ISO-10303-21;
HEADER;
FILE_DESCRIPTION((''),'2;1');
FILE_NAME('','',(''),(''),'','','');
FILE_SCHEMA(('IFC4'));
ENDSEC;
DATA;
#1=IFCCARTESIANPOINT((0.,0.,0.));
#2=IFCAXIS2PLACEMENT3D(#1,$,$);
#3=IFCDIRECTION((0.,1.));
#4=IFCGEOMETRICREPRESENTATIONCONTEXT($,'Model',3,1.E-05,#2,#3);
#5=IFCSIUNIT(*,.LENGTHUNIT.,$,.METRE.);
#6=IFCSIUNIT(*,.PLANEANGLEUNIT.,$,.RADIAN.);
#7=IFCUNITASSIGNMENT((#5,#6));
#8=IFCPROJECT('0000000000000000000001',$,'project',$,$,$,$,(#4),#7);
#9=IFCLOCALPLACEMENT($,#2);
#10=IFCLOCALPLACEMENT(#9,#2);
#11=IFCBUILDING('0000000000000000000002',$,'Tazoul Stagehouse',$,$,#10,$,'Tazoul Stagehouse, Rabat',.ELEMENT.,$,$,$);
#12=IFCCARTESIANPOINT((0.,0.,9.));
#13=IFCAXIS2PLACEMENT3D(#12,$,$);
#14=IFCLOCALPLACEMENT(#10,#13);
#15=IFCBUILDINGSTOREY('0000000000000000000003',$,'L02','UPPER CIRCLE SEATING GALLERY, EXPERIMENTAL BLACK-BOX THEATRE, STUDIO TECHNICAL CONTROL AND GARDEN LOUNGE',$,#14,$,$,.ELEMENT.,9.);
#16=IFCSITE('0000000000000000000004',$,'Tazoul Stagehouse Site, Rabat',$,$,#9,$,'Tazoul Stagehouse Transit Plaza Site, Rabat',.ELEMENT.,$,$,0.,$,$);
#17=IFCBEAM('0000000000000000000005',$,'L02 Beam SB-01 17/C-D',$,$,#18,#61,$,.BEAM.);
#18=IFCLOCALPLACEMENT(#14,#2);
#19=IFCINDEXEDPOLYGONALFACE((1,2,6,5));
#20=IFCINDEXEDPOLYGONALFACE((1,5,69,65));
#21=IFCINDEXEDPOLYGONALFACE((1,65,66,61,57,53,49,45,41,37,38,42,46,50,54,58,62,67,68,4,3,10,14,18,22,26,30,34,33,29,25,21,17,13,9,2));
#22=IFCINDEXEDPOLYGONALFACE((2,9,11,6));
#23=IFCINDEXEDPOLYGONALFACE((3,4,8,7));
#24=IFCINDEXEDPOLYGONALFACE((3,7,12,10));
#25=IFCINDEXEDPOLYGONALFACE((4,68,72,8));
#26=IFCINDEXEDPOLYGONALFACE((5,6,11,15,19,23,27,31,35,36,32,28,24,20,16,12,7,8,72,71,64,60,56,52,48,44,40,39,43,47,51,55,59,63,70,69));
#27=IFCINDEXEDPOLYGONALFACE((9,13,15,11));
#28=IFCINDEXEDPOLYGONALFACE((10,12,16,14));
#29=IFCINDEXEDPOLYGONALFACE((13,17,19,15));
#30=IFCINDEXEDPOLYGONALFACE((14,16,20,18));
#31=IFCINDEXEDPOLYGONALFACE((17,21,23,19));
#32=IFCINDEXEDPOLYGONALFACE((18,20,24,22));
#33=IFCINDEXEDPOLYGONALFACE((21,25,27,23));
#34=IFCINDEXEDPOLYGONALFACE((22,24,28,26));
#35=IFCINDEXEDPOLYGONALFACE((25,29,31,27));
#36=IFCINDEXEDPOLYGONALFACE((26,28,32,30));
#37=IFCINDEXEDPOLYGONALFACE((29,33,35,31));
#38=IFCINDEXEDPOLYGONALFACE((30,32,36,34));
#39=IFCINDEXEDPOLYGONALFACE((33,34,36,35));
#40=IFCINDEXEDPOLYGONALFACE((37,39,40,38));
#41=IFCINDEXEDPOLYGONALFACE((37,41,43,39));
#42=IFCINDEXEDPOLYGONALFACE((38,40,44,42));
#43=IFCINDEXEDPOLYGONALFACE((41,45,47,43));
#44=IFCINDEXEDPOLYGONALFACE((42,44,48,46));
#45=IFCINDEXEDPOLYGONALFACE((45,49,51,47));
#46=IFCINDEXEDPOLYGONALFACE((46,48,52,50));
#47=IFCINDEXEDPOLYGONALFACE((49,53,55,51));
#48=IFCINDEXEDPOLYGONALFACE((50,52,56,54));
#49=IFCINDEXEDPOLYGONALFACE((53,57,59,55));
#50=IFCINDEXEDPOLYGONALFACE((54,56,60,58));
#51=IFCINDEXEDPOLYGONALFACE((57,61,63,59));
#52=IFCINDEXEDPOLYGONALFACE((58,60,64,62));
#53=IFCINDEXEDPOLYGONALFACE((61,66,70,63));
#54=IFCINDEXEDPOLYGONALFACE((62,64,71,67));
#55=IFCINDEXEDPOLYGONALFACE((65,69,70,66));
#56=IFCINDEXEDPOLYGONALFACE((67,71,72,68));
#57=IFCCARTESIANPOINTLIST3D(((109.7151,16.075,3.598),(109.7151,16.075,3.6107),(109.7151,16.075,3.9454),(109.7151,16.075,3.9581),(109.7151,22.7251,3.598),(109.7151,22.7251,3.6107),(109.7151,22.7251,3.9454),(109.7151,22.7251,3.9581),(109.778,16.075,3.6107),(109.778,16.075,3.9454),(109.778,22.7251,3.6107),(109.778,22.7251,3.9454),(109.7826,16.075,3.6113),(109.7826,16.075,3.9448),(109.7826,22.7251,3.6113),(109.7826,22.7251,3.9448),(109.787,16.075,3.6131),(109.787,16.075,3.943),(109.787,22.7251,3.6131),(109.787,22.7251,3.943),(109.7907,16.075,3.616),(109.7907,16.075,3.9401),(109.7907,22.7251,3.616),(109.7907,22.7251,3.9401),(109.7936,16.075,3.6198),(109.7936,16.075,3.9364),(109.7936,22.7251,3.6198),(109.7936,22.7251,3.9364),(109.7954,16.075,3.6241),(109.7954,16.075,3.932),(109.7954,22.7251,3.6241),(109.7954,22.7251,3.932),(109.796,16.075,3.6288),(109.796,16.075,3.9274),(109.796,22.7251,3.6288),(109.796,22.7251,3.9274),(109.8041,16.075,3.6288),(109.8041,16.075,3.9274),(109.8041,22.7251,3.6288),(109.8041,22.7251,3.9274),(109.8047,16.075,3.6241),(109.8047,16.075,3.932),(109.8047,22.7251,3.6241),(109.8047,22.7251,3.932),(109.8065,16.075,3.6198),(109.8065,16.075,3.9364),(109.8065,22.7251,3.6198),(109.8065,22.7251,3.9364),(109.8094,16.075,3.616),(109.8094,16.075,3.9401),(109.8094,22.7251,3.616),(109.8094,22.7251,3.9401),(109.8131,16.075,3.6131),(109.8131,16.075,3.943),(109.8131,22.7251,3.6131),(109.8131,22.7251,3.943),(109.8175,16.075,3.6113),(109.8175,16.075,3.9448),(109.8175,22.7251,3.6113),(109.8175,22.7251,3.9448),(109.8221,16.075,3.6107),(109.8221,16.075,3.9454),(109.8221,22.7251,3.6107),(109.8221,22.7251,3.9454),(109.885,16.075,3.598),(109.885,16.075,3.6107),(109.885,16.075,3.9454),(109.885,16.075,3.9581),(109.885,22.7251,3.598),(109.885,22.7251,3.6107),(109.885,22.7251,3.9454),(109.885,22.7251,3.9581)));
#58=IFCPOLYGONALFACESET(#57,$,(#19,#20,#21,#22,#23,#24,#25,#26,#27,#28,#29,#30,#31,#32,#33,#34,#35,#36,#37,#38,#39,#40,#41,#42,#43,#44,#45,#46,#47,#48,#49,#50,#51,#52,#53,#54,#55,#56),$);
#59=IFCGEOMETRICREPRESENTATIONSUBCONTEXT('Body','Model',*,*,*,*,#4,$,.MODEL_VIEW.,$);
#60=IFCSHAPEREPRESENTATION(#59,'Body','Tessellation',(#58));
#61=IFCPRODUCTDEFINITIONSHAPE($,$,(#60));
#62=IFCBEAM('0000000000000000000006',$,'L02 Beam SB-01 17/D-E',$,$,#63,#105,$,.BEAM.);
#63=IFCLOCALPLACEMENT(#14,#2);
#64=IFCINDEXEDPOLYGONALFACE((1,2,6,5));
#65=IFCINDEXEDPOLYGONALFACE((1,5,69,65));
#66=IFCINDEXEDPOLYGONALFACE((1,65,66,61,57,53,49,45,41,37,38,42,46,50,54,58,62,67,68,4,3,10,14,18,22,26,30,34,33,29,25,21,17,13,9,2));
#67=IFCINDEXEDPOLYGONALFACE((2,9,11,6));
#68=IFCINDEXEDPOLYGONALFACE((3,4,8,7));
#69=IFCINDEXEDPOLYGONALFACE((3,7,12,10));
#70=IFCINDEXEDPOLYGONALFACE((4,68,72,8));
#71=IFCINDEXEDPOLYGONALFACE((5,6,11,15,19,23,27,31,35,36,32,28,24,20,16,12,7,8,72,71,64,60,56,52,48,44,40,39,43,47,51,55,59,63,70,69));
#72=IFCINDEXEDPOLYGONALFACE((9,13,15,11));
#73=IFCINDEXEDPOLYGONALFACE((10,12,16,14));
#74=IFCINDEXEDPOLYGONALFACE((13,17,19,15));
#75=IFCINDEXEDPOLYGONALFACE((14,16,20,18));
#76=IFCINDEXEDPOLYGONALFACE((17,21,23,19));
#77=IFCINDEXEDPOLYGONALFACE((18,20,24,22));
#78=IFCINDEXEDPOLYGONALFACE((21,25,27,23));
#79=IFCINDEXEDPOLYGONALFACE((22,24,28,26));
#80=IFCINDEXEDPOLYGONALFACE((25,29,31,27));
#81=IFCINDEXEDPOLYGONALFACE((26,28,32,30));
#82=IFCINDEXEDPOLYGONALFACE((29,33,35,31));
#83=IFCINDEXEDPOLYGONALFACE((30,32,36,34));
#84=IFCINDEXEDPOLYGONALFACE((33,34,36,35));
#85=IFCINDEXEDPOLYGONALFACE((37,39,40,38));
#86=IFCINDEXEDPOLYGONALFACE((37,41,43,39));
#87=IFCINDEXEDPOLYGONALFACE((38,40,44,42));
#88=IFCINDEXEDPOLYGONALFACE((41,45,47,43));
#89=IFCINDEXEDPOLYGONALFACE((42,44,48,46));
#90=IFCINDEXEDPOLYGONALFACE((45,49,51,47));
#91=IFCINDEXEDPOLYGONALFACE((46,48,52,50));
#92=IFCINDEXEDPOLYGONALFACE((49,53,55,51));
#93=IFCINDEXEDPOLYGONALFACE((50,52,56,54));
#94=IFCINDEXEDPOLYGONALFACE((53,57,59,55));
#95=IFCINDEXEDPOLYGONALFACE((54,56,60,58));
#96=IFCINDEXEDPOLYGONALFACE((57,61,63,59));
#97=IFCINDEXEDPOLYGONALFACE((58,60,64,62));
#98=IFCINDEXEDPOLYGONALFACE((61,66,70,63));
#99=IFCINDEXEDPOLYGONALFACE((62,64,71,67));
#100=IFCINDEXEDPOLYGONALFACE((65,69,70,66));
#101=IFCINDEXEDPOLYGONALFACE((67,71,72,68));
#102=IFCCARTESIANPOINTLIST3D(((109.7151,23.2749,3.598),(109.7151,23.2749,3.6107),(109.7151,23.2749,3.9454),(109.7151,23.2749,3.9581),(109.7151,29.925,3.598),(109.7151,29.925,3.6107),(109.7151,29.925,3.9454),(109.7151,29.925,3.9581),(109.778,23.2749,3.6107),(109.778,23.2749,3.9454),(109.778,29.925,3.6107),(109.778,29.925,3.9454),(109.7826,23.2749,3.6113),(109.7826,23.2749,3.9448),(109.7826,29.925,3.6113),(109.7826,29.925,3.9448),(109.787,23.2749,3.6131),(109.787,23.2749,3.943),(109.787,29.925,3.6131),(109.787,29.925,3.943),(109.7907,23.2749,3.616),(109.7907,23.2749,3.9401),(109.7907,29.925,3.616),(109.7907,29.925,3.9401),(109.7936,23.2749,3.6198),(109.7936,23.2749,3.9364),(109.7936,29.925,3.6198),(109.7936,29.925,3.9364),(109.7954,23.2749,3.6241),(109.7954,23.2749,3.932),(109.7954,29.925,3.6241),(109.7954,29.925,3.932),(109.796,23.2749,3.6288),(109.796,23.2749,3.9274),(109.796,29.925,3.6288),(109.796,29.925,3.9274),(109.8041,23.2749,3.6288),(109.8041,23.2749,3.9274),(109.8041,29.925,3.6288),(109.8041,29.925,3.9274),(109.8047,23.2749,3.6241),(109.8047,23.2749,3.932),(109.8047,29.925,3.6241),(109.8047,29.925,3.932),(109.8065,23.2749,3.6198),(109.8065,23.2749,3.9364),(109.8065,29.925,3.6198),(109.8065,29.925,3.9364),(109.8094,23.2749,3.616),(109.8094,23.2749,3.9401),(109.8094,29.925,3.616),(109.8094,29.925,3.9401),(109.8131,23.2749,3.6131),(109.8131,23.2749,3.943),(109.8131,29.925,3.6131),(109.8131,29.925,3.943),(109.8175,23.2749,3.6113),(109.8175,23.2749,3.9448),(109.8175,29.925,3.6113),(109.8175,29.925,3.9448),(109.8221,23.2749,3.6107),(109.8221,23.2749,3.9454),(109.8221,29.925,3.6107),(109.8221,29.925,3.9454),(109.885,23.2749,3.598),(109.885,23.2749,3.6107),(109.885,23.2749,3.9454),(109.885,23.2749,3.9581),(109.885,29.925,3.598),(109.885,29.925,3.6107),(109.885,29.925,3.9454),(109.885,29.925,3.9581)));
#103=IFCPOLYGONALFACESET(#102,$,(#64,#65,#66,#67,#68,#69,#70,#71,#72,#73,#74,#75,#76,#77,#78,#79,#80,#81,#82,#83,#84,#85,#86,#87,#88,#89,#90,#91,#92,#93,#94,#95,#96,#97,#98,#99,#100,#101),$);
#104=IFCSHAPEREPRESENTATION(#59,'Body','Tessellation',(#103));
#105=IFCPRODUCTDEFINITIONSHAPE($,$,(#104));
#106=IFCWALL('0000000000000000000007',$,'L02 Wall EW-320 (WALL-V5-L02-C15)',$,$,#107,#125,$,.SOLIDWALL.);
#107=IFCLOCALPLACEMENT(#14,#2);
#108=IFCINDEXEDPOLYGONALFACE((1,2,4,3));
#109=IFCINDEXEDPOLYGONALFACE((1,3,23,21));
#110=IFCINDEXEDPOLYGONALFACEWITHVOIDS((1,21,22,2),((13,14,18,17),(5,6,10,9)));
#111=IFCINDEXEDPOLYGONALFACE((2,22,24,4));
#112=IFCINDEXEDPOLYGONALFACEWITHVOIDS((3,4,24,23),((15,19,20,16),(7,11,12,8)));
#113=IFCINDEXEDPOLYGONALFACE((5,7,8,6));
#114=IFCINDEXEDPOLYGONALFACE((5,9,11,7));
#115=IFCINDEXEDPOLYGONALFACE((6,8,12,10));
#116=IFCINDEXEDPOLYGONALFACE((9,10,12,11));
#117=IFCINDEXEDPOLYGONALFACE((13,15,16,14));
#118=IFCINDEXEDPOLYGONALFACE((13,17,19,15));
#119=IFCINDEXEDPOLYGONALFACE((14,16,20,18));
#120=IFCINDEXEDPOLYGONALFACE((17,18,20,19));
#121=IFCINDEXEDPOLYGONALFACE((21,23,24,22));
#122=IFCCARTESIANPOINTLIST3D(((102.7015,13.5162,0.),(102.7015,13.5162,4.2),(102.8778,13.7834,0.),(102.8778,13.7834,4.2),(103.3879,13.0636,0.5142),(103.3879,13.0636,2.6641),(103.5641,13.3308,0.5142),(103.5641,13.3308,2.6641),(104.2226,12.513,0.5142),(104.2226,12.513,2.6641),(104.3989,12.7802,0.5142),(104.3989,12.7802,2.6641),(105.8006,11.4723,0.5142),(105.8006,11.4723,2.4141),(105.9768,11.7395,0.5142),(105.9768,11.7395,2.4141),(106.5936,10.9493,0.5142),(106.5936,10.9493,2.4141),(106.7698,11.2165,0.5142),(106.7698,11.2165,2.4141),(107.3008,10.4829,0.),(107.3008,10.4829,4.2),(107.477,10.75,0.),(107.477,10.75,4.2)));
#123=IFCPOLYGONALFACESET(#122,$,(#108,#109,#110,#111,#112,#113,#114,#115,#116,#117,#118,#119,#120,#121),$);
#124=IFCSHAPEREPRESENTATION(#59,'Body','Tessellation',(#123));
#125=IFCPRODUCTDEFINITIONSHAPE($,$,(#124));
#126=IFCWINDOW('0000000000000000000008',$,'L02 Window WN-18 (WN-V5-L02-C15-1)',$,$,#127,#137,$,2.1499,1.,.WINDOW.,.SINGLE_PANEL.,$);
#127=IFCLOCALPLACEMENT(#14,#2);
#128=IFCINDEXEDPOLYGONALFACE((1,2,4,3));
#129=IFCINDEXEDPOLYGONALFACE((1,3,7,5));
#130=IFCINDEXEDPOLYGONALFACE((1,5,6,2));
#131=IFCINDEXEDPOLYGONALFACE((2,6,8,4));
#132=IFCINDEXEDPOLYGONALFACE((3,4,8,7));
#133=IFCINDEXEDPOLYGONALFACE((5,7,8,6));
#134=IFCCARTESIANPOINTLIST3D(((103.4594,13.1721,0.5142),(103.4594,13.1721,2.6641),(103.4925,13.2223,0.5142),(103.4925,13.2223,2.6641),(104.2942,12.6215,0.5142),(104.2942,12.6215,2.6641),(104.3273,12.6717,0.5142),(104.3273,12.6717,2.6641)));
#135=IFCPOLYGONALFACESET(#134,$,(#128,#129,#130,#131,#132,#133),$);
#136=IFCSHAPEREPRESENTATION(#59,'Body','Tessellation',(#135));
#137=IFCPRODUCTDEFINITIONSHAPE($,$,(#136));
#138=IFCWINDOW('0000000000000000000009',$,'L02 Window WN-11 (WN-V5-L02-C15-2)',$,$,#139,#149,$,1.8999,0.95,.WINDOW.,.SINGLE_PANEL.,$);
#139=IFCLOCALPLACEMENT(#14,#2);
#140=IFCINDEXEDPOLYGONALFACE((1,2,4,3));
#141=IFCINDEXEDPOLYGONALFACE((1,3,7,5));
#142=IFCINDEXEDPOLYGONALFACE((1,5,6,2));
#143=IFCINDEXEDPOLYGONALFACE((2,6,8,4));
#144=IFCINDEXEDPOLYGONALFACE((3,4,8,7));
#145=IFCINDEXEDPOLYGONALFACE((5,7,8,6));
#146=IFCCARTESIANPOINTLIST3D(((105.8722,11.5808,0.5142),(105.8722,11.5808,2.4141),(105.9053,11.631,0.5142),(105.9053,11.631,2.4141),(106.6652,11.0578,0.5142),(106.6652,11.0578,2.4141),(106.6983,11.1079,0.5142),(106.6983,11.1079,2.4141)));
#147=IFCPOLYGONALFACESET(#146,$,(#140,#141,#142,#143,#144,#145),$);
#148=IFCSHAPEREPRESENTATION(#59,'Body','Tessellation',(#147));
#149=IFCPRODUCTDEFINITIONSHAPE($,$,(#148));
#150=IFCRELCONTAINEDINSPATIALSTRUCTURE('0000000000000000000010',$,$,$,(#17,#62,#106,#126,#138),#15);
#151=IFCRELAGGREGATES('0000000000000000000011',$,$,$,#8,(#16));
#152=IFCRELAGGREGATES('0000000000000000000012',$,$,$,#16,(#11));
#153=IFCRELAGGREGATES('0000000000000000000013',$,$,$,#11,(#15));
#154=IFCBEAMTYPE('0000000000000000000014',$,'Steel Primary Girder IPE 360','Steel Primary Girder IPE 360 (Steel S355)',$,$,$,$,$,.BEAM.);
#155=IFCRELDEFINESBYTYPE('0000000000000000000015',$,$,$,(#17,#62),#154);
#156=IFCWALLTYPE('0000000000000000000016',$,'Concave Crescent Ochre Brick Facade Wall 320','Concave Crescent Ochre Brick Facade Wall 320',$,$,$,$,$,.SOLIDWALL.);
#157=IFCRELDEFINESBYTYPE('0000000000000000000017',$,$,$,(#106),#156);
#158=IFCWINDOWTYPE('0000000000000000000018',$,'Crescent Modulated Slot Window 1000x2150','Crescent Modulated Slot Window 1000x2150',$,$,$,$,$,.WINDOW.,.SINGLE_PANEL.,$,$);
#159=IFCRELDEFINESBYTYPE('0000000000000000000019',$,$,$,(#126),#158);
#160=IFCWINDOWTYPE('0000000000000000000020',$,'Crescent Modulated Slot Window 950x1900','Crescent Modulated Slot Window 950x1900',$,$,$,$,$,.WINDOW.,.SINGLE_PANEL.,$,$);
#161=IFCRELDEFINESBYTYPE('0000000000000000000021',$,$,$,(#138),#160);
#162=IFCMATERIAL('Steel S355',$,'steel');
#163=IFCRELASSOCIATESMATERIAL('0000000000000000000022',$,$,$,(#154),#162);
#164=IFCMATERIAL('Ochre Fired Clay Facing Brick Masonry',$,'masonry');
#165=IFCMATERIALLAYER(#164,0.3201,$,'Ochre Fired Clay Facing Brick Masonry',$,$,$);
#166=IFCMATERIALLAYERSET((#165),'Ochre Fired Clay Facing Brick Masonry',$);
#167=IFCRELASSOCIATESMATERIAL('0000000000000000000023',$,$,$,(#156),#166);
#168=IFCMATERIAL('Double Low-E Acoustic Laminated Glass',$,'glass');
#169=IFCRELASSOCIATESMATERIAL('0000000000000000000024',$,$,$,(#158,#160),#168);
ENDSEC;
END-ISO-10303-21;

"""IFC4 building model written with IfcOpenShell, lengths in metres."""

from ifc_helpers import new_model, si_unit, direction, frame, frame_2d, origin, origin_2d, place, context, subcontext, project, spatial, rectangle, i_section, extrude, material, layer, layer_set, material_profile, profile_set, type_object, element, fill, save


model = new_model("IFC4")

# Units and contexts
model_context = context("Model", 3, precision=1e-05, world=origin(), true_north=direction((0.0, 1.0)))
body_context = subcontext(model_context, "Body", "Model", "MODEL_VIEW")
ifc_project = project(units=[si_unit("LENGTHUNIT", "METRE"), si_unit("PLANEANGLEUNIT", "RADIAN")], contexts=[model_context])

# Site, building, storey
site_placement = place(None, origin())
site = spatial("IfcSite", under=ifc_project, at=site_placement, Name="Tazoul Stagehouse Site, Rabat", LongName="Tazoul Stagehouse Transit Plaza Site, Rabat", CompositionType="ELEMENT", RefElevation=0.0)
building_placement = place(site_placement, origin())
building = spatial("IfcBuilding", under=site, at=building_placement, Name="Tazoul Stagehouse", LongName="Tazoul Stagehouse, Rabat", CompositionType="ELEMENT")
storey_placement = place(building_placement, frame((0.0, 0.0, 9.0)))
storey = spatial("IfcBuildingStorey", under=building, at=storey_placement, Name="L02", Description="UPPER CIRCLE SEATING GALLERY, EXPERIMENTAL BLACK-BOX THEATRE, STUDIO TECHNICAL CONTROL AND GARDEN LOUNGE", CompositionType="ELEMENT", Elevation=9.0)

# Beams
ifc_material_1 = material(Name="Steel S355", Category="steel")
ifc_material_profile_1 = material_profile(ifc_material_1, i_section(OverallWidth=0.1699, OverallDepth=0.3601, WebThickness=0.0081, FlangeThickness=0.0127, FilletRadius=0.0181, at=origin_2d()), Name="IPE 360")
ifc_profile_set_1 = profile_set([ifc_material_profile_1], Name="Steel S355")
beam_type_1 = type_object("IfcBeamType", Name="Steel Primary Girder IPE 360", Description="Steel Primary Girder IPE 360 (Steel S355)", PredefinedType="BEAM", material=ifc_profile_set_1)
for number, where, z_axis, x_axis, name in (
    (1, (109.8, 16.075, 3.7781), (0.0, 1.0, 0.0), (-1.0, 0.0, 0.0), "L02 Beam SB-01 17/C-D"),
    (2, (109.8, 23.2749, 3.7781), (0.0, 1.0, 0.0), (-1.0, 0.0, 0.0), "L02 Beam SB-01 17/D-E"),
):
    element("IfcBeam", number, at=place(storey_placement, frame(where, z_axis=z_axis, x_axis=x_axis)), inside=storey, type_object=beam_type_1, Name=name, PredefinedType="BEAM", context=body_context, shape_type="SweptSolid", body=[
        extrude(i_section(OverallWidth=0.1699, OverallDepth=0.3601, WebThickness=0.0081, FlangeThickness=0.0127, FilletRadius=0.0181, at=origin_2d()), origin(), (0.0, 0.0, 1.0), 6.6501),
    ])

# Wall, openings, windows
ifc_material_2 = material(Name="Ochre Fired Clay Facing Brick Masonry", Category="masonry")
ifc_layer = layer(ifc_material_2, 0.3201, Name="Ochre Fired Clay Facing Brick Masonry")
ifc_layer_set = layer_set([ifc_layer], Name="Ochre Fired Clay Facing Brick Masonry")
wall_type = type_object("IfcWallType", Name="Concave Crescent Ochre Brick Facade Wall 320", Description="Concave Crescent Ochre Brick Facade Wall 320", PredefinedType="SOLIDWALL", material=ifc_layer_set)
wall_1_placement = place(storey_placement, frame((102.7896, 13.6499, 0.0), z_axis=(0.0, 0.0, 1.0), x_axis=(0.834787, -0.550572, 0.0)))
wall_1 = element("IfcWall", 3, at=wall_1_placement, inside=storey, type_object=wall_type, Name="L02 Wall EW-320 (WALL-V5-L02-C15)", PredefinedType="SOLIDWALL", context=body_context, shape_type="SweptSolid", body=[
    extrude(rectangle(XDim=5.5095, YDim=0.3201, at=frame_2d((2.7549, 0.0))), origin(), (0.0, 0.0, 1.0), 4.2),
])
opening_1_placement = place(wall_1_placement, frame((0.8223, 0.0, 0.5142)))
opening_1 = element("IfcOpeningElement", 4, at=opening_1_placement, cuts=wall_1, PredefinedType="OPENING", context=body_context, shape_type="SweptSolid", body=[
    extrude(rectangle(XDim=1.0, YDim=2.1499, at=frame_2d((0.5, 1.075))), frame((0.0, 0.1799, 0.0), z_axis=(0.0, -1.0, 0.0), x_axis=(1.0, 0.0, 0.0)), (0.0, 0.0, 1.0), 0.3601),
])
opening_2_placement = place(wall_1_placement, frame((3.7124, 0.0, 0.5142)))
opening_2 = element("IfcOpeningElement", 5, at=opening_2_placement, cuts=wall_1, PredefinedType="OPENING", context=body_context, shape_type="SweptSolid", body=[
    extrude(rectangle(XDim=0.95, YDim=1.8999, at=frame_2d((0.4751, 0.95))), frame((0.0, 0.1799, 0.0), z_axis=(0.0, -1.0, 0.0), x_axis=(1.0, 0.0, 0.0)), (0.0, 0.0, 1.0), 0.3601),
])
ifc_material_3 = material(Name="Double Low-E Acoustic Laminated Glass", Category="glass")
window_type_1 = type_object("IfcWindowType", Name="Crescent Modulated Slot Window 1000x2150", Description="Crescent Modulated Slot Window 1000x2150", PartitioningType="SINGLE_PANEL", PredefinedType="WINDOW", material=ifc_material_3)
window_1_placement = place(opening_1_placement, origin())
window_1 = element("IfcWindow", 6, at=window_1_placement, inside=storey, type_object=window_type_1, Name="L02 Window WN-18 (WN-V5-L02-C15-1)", OverallHeight=2.1499, OverallWidth=1.0, PartitioningType="SINGLE_PANEL", PredefinedType="WINDOW", context=body_context, shape_type="SweptSolid", body=[
    extrude(rectangle(XDim=1.0, YDim=2.1499, at=frame_2d((0.5, 1.075))), frame((0.0, 0.03, 0.0), z_axis=(0.0, -1.0, 0.0), x_axis=(1.0, 0.0, 0.0)), (0.0, 0.0, 1.0), 0.0601),
])
fill(opening_1, window_1)
window_type_2 = type_object("IfcWindowType", Name="Crescent Modulated Slot Window 950x1900", Description="Crescent Modulated Slot Window 950x1900", PartitioningType="SINGLE_PANEL", PredefinedType="WINDOW", material=ifc_material_3)
window_2_placement = place(opening_2_placement, origin())
window_2 = element("IfcWindow", 7, at=window_2_placement, inside=storey, type_object=window_type_2, Name="L02 Window WN-11 (WN-V5-L02-C15-2)", OverallHeight=1.8999, OverallWidth=0.95, PartitioningType="SINGLE_PANEL", PredefinedType="WINDOW", context=body_context, shape_type="SweptSolid", body=[
    extrude(rectangle(XDim=0.95, YDim=1.8999, at=frame_2d((0.4751, 0.95))), frame((0.0, 0.03, 0.0), z_axis=(0.0, -1.0, 0.0), x_axis=(1.0, 0.0, 0.0)), (0.0, 0.0, 1.0), 0.0601),
])
fill(opening_2, window_2)

save(model, "model.ifc")
